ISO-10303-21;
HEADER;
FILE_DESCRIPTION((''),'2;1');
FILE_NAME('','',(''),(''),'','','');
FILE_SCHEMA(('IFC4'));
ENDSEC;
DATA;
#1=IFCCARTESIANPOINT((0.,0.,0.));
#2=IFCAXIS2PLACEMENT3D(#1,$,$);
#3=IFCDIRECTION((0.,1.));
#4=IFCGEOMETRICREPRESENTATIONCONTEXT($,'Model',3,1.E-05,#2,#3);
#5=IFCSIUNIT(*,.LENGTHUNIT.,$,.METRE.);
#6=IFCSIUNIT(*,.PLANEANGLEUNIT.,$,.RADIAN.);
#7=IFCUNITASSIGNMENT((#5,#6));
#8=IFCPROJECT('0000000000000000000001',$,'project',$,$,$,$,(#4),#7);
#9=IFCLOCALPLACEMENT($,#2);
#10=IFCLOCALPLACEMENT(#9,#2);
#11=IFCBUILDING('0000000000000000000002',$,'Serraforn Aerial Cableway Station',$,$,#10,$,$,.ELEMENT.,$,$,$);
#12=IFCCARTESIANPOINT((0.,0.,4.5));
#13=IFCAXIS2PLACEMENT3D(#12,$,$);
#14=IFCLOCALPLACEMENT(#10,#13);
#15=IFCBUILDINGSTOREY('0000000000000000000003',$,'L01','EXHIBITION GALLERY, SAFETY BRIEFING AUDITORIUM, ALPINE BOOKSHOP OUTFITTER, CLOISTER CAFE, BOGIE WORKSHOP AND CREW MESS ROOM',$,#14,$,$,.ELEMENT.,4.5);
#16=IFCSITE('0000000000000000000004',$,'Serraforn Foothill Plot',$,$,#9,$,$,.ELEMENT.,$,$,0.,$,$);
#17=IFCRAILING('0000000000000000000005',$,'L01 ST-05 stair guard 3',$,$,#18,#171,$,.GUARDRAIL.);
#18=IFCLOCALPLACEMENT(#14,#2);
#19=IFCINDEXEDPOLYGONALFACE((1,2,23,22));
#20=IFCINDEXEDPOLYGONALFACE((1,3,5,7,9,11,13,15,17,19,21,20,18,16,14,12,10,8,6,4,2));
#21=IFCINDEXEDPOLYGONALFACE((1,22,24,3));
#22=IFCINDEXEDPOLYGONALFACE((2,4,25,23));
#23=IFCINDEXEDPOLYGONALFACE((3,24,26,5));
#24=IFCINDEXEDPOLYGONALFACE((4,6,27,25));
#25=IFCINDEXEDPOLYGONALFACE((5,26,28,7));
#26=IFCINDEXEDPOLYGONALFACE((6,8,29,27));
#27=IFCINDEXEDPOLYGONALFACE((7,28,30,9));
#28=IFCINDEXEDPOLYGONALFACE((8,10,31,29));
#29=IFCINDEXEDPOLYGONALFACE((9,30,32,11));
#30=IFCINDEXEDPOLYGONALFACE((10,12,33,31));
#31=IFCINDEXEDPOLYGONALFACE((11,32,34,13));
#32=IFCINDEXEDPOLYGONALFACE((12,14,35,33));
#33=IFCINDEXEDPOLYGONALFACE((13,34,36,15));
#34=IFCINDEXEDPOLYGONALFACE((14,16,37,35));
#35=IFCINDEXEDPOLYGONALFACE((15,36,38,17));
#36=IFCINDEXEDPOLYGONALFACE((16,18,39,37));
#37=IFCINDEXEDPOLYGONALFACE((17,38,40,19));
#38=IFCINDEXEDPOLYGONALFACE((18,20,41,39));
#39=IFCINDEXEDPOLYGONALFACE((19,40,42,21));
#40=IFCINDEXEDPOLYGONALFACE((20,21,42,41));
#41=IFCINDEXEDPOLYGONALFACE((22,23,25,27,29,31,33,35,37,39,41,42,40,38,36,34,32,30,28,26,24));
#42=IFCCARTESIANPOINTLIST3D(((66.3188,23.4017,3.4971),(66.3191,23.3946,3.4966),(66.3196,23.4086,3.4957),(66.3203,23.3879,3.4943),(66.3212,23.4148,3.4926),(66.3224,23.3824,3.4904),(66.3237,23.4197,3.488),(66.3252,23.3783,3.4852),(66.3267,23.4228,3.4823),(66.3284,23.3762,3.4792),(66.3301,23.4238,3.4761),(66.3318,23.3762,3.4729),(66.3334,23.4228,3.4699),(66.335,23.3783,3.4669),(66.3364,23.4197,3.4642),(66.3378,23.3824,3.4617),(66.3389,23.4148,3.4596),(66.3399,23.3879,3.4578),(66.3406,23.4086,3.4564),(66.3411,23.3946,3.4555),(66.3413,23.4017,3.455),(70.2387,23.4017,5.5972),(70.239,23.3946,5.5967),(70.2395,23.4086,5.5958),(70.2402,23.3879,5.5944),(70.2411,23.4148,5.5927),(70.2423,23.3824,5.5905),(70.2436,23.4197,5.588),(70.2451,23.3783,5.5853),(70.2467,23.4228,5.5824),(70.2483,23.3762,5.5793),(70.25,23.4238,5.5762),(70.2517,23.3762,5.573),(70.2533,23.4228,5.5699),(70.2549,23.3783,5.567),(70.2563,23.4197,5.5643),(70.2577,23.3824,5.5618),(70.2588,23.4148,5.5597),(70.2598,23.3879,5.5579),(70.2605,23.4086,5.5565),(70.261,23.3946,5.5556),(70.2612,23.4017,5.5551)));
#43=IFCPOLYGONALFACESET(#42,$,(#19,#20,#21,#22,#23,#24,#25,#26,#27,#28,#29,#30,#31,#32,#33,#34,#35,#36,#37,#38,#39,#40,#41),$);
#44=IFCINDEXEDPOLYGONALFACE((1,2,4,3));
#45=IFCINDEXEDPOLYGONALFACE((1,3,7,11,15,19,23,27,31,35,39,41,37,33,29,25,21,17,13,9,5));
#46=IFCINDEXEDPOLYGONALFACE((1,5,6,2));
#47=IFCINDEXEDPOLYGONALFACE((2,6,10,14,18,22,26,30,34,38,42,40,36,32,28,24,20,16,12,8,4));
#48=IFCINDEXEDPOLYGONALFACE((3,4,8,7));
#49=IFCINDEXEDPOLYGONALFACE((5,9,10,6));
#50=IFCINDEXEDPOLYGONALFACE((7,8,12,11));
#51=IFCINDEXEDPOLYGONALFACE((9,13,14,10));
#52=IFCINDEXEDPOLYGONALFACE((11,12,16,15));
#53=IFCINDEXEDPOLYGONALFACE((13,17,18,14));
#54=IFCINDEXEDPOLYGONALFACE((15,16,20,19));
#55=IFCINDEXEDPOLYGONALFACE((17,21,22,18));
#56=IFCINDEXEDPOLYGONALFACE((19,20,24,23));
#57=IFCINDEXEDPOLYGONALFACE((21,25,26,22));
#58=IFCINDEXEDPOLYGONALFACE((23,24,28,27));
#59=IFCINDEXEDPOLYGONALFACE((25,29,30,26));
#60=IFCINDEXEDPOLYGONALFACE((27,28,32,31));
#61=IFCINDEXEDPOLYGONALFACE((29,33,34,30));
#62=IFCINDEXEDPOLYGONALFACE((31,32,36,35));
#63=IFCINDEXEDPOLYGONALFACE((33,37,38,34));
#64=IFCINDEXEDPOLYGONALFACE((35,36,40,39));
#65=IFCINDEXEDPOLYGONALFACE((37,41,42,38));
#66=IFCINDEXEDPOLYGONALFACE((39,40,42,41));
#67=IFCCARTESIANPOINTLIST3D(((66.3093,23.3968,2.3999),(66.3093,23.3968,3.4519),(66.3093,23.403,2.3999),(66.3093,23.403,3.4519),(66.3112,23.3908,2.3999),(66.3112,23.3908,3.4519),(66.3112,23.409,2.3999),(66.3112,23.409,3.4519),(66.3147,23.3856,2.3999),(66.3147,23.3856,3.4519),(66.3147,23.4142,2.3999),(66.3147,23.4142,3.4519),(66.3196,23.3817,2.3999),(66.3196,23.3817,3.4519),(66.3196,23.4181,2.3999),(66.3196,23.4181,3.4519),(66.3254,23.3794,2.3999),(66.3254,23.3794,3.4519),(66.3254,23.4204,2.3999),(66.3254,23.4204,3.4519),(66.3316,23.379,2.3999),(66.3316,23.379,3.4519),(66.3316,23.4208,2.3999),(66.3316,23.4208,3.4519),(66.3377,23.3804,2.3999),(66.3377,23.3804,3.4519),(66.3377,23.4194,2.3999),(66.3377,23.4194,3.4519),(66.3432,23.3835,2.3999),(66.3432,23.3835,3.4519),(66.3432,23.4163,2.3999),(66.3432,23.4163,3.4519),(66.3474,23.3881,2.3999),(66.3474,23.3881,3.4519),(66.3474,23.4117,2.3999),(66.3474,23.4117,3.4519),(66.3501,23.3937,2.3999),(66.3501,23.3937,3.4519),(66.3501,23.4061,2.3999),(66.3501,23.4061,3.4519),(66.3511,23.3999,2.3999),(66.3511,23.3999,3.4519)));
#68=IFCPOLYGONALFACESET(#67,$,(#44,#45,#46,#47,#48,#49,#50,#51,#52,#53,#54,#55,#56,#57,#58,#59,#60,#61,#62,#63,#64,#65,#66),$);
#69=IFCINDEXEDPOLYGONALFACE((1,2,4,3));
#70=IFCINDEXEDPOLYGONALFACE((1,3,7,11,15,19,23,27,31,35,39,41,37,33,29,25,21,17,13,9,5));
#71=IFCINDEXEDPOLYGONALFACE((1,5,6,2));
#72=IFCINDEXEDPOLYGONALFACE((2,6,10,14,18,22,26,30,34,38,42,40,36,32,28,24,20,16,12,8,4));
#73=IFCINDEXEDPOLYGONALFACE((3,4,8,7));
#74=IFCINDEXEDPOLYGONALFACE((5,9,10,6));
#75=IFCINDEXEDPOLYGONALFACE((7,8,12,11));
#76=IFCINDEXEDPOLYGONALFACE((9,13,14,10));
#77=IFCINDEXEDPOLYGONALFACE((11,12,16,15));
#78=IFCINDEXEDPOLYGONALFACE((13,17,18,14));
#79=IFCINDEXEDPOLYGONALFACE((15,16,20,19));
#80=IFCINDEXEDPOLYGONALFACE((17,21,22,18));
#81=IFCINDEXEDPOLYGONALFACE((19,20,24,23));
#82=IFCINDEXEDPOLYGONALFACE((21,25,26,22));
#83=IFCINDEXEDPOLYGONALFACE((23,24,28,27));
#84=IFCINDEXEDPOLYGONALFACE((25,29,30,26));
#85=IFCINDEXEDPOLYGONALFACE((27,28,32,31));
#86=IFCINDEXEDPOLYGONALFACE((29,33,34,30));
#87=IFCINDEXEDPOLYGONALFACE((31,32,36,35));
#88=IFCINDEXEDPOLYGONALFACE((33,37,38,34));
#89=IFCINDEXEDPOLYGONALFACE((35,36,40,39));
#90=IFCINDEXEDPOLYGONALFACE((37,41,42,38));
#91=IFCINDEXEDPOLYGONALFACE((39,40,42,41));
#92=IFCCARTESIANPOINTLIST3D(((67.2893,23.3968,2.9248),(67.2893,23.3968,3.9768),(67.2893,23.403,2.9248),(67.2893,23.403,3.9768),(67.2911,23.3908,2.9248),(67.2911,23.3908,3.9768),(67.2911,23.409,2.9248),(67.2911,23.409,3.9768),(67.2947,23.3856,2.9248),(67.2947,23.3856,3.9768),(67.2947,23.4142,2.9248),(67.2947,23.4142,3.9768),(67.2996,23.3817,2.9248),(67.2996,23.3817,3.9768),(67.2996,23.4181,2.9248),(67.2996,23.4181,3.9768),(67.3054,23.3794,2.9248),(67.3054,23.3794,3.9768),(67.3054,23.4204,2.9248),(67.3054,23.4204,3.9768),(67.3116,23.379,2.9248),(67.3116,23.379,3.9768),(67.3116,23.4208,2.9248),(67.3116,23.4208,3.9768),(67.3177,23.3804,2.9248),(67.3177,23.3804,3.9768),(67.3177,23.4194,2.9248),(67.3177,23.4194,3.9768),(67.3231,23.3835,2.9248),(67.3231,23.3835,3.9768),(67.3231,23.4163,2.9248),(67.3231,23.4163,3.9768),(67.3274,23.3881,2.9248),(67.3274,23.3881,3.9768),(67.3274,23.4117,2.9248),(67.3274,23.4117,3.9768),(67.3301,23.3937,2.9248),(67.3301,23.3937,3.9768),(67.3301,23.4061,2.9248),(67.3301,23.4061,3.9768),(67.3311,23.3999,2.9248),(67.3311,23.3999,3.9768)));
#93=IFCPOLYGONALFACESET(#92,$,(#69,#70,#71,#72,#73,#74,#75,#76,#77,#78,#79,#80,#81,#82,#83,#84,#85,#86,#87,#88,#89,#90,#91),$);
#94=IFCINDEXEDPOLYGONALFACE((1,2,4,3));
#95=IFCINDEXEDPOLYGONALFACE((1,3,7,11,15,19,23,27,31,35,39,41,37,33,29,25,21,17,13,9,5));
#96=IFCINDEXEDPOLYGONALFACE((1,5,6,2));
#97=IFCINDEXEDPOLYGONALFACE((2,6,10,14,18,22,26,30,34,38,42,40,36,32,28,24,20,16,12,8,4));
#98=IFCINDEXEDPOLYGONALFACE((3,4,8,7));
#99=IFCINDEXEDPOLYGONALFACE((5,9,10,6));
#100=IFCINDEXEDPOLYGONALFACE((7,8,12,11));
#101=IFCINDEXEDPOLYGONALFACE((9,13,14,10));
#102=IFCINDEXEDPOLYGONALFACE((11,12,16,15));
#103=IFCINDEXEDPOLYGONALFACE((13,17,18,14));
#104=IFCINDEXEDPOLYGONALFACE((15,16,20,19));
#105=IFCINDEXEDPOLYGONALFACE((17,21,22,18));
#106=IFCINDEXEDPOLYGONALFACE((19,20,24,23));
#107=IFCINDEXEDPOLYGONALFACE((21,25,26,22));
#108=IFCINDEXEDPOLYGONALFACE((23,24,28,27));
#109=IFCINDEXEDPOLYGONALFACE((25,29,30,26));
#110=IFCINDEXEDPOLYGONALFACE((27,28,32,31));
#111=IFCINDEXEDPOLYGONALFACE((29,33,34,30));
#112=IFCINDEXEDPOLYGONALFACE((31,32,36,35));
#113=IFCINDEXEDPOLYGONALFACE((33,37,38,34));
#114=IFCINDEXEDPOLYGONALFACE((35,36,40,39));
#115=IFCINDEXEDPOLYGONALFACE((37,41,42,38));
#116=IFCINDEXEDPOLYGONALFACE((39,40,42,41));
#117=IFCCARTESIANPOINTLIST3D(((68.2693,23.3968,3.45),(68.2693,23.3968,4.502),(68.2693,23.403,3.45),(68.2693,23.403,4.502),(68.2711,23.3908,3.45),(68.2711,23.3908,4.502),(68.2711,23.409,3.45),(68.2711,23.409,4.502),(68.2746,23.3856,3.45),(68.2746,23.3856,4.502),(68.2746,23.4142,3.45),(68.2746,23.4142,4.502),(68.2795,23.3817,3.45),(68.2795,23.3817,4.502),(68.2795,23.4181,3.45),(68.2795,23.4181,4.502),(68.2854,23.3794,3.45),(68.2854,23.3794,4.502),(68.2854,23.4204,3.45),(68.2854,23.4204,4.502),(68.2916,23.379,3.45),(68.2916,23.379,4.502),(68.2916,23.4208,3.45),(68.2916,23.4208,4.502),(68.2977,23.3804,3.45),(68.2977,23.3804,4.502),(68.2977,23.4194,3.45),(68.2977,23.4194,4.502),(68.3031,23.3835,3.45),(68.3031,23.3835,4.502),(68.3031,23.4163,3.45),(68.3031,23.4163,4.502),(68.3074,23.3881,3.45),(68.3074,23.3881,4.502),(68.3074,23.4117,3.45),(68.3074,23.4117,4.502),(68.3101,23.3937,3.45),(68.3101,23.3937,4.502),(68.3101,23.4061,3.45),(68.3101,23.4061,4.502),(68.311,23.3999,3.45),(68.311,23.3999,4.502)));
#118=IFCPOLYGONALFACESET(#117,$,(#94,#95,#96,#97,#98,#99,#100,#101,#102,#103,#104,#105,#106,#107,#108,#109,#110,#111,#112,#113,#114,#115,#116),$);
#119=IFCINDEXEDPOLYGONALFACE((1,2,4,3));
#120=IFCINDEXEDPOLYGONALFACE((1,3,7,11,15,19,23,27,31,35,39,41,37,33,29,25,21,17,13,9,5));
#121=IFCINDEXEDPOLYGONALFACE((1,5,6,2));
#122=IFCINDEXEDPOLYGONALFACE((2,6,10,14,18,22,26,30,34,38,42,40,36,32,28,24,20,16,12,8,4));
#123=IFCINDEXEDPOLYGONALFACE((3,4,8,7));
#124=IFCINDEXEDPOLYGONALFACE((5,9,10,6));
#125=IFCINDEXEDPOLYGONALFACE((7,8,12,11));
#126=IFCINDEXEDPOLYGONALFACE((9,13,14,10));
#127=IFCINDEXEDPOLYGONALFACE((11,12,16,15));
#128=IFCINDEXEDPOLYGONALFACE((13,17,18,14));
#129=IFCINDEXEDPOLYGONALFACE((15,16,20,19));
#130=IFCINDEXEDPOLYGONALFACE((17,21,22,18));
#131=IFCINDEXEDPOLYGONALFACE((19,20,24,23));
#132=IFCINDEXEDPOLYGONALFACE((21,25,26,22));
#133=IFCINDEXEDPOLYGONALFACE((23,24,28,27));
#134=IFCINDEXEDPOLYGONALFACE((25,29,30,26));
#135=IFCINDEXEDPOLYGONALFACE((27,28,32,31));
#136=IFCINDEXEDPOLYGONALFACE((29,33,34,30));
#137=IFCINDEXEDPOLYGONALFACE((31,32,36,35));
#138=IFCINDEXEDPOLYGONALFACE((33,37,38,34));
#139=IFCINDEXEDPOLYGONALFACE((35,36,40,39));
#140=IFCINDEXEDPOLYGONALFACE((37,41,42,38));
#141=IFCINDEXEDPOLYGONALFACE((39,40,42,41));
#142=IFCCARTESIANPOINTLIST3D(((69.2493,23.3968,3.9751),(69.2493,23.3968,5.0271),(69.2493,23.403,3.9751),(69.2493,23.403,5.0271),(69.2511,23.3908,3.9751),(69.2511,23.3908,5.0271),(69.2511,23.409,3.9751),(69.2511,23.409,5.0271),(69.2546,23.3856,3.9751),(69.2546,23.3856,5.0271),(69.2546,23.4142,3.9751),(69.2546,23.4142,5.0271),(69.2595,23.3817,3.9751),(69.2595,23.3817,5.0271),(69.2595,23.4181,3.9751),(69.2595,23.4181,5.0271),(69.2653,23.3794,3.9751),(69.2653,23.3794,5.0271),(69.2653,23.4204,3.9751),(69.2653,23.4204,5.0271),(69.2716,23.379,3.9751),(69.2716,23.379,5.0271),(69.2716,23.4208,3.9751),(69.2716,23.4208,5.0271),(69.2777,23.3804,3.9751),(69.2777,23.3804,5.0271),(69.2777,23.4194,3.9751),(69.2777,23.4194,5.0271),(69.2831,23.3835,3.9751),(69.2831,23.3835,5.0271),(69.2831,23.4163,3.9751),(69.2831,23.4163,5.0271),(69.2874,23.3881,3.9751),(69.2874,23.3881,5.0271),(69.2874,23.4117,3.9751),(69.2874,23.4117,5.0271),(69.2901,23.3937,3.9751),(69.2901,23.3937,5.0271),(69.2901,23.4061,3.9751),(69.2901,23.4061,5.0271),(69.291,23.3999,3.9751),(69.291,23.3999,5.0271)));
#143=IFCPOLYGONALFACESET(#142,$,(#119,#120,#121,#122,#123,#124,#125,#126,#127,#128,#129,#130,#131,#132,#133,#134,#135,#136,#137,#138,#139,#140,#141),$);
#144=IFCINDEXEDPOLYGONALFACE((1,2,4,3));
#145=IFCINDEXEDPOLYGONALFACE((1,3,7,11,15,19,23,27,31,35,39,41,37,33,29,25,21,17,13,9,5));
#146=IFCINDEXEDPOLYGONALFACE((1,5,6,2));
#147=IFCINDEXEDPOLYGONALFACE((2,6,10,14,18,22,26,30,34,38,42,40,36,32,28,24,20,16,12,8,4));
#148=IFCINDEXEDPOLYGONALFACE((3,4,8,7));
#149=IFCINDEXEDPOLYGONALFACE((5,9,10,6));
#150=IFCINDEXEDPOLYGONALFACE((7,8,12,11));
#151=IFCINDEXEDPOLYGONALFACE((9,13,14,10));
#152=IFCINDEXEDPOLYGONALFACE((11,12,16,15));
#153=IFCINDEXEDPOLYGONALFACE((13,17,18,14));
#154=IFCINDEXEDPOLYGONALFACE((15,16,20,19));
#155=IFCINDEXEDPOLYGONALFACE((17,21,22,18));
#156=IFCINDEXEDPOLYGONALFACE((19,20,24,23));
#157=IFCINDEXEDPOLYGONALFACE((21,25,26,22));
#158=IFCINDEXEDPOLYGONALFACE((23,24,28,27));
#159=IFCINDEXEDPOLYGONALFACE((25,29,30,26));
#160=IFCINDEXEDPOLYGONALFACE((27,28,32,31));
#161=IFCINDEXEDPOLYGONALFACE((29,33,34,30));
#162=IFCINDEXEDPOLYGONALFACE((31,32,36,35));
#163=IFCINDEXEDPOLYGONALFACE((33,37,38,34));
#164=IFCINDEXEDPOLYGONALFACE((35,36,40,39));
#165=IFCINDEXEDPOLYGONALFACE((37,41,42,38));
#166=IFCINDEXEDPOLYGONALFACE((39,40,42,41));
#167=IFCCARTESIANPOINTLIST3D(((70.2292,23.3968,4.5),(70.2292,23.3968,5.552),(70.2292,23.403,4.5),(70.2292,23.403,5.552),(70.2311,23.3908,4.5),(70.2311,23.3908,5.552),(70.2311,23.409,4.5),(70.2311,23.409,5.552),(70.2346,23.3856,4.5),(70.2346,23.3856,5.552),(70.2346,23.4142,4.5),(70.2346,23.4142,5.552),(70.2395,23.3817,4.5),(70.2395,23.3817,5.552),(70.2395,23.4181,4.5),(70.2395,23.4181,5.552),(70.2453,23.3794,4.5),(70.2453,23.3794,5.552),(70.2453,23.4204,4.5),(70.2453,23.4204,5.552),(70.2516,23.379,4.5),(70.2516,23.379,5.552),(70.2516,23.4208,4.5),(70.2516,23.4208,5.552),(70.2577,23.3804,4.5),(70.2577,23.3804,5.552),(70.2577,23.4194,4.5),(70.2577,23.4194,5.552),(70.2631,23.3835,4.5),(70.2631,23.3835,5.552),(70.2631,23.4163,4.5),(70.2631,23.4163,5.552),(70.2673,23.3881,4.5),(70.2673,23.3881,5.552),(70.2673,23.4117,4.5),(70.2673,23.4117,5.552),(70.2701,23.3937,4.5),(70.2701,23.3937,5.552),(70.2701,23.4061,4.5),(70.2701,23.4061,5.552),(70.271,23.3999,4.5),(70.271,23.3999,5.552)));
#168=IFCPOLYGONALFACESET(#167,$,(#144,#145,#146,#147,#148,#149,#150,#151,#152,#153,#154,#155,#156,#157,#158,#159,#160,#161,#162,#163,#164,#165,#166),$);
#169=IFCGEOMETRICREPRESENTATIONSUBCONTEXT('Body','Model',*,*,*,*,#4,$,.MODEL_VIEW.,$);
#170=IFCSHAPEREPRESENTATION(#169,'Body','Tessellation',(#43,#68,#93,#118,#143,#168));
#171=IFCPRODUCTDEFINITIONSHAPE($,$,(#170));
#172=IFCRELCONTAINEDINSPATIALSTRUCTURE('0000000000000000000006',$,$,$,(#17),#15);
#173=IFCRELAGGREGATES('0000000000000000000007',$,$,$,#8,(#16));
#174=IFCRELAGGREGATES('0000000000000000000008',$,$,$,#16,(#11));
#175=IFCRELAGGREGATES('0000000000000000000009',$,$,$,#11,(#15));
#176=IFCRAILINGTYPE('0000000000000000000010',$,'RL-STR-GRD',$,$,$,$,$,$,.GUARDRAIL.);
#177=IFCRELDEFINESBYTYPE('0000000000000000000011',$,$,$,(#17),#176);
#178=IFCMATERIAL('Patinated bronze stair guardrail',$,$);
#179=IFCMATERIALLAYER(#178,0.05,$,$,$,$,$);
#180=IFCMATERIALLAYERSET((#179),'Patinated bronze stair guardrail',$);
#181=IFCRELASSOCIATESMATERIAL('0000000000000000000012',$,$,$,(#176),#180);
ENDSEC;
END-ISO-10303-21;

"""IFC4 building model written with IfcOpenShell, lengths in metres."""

from ifc_helpers import new_model, si_unit, direction, frame, origin, origin_2d, place, context, subcontext, project, spatial, circle, extrude, material, layer, layer_set, type_object, element, save


model = new_model("IFC4")

# Units and contexts
model_context = context("Model", 3, precision=1e-05, world=origin(), true_north=direction((0.0, 1.0)))
body_context = subcontext(model_context, "Body", "Model", "MODEL_VIEW")
ifc_project = project(units=[si_unit("LENGTHUNIT", "METRE"), si_unit("PLANEANGLEUNIT", "RADIAN")], contexts=[model_context])

# Site, building, storey
site_placement = place(None, origin())
site = spatial("IfcSite", under=ifc_project, at=site_placement, Name="Serraforn Foothill Plot", CompositionType="ELEMENT", RefElevation=0.0)
building_placement = place(site_placement, origin())
building = spatial("IfcBuilding", under=site, at=building_placement, Name="Serraforn Aerial Cableway Station", CompositionType="ELEMENT")
storey_placement = place(building_placement, frame((0.0, 0.0, 4.5)))
storey = spatial("IfcBuildingStorey", under=building, at=storey_placement, Name="L01", Description="EXHIBITION GALLERY, SAFETY BRIEFING AUDITORIUM, ALPINE BOOKSHOP OUTFITTER, CLOISTER CAFE, BOGIE WORKSHOP AND CREW MESS ROOM", CompositionType="ELEMENT", Elevation=4.5)

# Railing
ifc_material_1 = material(Name="Patinated bronze stair guardrail")
ifc_layer_1 = layer(ifc_material_1, 0.05)
ifc_layer_set_1 = layer_set([ifc_layer_1], Name="Patinated bronze stair guardrail")
railing_type_1 = type_object("IfcRailingType", Name="RL-STR-GRD", PredefinedType="GUARDRAIL", material=ifc_layer_set_1)
railing_1_placement = place(storey_placement, frame((66.3301, 23.3999, 2.3999)))
element("IfcRailing", 1, at=railing_1_placement, inside=storey, type_object=railing_type_1, Name="L01 ST-05 stair guard 3", PredefinedType="GUARDRAIL", context=body_context, shape_type="SweptSolid", body=[
    extrude(circle(Radius=0.0239, at=origin_2d()), frame((0.0, 0.0, 1.0762), z_axis=(0.881467, 0.0, 0.472246), x_axis=(0.0, 1.0, 0.0)), (0.0, 0.0, 1.0), 4.447),
    extrude(circle(Radius=0.021, at=origin_2d()), origin(), (0.0, 0.0, 1.0), 1.052),
    extrude(circle(Radius=0.021, at=origin_2d()), frame((0.98, 0.0, 0.5249)), (0.0, 0.0, 1.0), 1.052),
    extrude(circle(Radius=0.021, at=origin_2d()), frame((1.96, 0.0, 1.05)), (0.0, 0.0, 1.0), 1.052),
    extrude(circle(Radius=0.021, at=origin_2d()), frame((2.9399, 0.0, 1.5752)), (0.0, 0.0, 1.0), 1.052),
    extrude(circle(Radius=0.021, at=origin_2d()), frame((3.9199, 0.0, 2.1001)), (0.0, 0.0, 1.0), 1.052),
])

save(model, "model.ifc")
